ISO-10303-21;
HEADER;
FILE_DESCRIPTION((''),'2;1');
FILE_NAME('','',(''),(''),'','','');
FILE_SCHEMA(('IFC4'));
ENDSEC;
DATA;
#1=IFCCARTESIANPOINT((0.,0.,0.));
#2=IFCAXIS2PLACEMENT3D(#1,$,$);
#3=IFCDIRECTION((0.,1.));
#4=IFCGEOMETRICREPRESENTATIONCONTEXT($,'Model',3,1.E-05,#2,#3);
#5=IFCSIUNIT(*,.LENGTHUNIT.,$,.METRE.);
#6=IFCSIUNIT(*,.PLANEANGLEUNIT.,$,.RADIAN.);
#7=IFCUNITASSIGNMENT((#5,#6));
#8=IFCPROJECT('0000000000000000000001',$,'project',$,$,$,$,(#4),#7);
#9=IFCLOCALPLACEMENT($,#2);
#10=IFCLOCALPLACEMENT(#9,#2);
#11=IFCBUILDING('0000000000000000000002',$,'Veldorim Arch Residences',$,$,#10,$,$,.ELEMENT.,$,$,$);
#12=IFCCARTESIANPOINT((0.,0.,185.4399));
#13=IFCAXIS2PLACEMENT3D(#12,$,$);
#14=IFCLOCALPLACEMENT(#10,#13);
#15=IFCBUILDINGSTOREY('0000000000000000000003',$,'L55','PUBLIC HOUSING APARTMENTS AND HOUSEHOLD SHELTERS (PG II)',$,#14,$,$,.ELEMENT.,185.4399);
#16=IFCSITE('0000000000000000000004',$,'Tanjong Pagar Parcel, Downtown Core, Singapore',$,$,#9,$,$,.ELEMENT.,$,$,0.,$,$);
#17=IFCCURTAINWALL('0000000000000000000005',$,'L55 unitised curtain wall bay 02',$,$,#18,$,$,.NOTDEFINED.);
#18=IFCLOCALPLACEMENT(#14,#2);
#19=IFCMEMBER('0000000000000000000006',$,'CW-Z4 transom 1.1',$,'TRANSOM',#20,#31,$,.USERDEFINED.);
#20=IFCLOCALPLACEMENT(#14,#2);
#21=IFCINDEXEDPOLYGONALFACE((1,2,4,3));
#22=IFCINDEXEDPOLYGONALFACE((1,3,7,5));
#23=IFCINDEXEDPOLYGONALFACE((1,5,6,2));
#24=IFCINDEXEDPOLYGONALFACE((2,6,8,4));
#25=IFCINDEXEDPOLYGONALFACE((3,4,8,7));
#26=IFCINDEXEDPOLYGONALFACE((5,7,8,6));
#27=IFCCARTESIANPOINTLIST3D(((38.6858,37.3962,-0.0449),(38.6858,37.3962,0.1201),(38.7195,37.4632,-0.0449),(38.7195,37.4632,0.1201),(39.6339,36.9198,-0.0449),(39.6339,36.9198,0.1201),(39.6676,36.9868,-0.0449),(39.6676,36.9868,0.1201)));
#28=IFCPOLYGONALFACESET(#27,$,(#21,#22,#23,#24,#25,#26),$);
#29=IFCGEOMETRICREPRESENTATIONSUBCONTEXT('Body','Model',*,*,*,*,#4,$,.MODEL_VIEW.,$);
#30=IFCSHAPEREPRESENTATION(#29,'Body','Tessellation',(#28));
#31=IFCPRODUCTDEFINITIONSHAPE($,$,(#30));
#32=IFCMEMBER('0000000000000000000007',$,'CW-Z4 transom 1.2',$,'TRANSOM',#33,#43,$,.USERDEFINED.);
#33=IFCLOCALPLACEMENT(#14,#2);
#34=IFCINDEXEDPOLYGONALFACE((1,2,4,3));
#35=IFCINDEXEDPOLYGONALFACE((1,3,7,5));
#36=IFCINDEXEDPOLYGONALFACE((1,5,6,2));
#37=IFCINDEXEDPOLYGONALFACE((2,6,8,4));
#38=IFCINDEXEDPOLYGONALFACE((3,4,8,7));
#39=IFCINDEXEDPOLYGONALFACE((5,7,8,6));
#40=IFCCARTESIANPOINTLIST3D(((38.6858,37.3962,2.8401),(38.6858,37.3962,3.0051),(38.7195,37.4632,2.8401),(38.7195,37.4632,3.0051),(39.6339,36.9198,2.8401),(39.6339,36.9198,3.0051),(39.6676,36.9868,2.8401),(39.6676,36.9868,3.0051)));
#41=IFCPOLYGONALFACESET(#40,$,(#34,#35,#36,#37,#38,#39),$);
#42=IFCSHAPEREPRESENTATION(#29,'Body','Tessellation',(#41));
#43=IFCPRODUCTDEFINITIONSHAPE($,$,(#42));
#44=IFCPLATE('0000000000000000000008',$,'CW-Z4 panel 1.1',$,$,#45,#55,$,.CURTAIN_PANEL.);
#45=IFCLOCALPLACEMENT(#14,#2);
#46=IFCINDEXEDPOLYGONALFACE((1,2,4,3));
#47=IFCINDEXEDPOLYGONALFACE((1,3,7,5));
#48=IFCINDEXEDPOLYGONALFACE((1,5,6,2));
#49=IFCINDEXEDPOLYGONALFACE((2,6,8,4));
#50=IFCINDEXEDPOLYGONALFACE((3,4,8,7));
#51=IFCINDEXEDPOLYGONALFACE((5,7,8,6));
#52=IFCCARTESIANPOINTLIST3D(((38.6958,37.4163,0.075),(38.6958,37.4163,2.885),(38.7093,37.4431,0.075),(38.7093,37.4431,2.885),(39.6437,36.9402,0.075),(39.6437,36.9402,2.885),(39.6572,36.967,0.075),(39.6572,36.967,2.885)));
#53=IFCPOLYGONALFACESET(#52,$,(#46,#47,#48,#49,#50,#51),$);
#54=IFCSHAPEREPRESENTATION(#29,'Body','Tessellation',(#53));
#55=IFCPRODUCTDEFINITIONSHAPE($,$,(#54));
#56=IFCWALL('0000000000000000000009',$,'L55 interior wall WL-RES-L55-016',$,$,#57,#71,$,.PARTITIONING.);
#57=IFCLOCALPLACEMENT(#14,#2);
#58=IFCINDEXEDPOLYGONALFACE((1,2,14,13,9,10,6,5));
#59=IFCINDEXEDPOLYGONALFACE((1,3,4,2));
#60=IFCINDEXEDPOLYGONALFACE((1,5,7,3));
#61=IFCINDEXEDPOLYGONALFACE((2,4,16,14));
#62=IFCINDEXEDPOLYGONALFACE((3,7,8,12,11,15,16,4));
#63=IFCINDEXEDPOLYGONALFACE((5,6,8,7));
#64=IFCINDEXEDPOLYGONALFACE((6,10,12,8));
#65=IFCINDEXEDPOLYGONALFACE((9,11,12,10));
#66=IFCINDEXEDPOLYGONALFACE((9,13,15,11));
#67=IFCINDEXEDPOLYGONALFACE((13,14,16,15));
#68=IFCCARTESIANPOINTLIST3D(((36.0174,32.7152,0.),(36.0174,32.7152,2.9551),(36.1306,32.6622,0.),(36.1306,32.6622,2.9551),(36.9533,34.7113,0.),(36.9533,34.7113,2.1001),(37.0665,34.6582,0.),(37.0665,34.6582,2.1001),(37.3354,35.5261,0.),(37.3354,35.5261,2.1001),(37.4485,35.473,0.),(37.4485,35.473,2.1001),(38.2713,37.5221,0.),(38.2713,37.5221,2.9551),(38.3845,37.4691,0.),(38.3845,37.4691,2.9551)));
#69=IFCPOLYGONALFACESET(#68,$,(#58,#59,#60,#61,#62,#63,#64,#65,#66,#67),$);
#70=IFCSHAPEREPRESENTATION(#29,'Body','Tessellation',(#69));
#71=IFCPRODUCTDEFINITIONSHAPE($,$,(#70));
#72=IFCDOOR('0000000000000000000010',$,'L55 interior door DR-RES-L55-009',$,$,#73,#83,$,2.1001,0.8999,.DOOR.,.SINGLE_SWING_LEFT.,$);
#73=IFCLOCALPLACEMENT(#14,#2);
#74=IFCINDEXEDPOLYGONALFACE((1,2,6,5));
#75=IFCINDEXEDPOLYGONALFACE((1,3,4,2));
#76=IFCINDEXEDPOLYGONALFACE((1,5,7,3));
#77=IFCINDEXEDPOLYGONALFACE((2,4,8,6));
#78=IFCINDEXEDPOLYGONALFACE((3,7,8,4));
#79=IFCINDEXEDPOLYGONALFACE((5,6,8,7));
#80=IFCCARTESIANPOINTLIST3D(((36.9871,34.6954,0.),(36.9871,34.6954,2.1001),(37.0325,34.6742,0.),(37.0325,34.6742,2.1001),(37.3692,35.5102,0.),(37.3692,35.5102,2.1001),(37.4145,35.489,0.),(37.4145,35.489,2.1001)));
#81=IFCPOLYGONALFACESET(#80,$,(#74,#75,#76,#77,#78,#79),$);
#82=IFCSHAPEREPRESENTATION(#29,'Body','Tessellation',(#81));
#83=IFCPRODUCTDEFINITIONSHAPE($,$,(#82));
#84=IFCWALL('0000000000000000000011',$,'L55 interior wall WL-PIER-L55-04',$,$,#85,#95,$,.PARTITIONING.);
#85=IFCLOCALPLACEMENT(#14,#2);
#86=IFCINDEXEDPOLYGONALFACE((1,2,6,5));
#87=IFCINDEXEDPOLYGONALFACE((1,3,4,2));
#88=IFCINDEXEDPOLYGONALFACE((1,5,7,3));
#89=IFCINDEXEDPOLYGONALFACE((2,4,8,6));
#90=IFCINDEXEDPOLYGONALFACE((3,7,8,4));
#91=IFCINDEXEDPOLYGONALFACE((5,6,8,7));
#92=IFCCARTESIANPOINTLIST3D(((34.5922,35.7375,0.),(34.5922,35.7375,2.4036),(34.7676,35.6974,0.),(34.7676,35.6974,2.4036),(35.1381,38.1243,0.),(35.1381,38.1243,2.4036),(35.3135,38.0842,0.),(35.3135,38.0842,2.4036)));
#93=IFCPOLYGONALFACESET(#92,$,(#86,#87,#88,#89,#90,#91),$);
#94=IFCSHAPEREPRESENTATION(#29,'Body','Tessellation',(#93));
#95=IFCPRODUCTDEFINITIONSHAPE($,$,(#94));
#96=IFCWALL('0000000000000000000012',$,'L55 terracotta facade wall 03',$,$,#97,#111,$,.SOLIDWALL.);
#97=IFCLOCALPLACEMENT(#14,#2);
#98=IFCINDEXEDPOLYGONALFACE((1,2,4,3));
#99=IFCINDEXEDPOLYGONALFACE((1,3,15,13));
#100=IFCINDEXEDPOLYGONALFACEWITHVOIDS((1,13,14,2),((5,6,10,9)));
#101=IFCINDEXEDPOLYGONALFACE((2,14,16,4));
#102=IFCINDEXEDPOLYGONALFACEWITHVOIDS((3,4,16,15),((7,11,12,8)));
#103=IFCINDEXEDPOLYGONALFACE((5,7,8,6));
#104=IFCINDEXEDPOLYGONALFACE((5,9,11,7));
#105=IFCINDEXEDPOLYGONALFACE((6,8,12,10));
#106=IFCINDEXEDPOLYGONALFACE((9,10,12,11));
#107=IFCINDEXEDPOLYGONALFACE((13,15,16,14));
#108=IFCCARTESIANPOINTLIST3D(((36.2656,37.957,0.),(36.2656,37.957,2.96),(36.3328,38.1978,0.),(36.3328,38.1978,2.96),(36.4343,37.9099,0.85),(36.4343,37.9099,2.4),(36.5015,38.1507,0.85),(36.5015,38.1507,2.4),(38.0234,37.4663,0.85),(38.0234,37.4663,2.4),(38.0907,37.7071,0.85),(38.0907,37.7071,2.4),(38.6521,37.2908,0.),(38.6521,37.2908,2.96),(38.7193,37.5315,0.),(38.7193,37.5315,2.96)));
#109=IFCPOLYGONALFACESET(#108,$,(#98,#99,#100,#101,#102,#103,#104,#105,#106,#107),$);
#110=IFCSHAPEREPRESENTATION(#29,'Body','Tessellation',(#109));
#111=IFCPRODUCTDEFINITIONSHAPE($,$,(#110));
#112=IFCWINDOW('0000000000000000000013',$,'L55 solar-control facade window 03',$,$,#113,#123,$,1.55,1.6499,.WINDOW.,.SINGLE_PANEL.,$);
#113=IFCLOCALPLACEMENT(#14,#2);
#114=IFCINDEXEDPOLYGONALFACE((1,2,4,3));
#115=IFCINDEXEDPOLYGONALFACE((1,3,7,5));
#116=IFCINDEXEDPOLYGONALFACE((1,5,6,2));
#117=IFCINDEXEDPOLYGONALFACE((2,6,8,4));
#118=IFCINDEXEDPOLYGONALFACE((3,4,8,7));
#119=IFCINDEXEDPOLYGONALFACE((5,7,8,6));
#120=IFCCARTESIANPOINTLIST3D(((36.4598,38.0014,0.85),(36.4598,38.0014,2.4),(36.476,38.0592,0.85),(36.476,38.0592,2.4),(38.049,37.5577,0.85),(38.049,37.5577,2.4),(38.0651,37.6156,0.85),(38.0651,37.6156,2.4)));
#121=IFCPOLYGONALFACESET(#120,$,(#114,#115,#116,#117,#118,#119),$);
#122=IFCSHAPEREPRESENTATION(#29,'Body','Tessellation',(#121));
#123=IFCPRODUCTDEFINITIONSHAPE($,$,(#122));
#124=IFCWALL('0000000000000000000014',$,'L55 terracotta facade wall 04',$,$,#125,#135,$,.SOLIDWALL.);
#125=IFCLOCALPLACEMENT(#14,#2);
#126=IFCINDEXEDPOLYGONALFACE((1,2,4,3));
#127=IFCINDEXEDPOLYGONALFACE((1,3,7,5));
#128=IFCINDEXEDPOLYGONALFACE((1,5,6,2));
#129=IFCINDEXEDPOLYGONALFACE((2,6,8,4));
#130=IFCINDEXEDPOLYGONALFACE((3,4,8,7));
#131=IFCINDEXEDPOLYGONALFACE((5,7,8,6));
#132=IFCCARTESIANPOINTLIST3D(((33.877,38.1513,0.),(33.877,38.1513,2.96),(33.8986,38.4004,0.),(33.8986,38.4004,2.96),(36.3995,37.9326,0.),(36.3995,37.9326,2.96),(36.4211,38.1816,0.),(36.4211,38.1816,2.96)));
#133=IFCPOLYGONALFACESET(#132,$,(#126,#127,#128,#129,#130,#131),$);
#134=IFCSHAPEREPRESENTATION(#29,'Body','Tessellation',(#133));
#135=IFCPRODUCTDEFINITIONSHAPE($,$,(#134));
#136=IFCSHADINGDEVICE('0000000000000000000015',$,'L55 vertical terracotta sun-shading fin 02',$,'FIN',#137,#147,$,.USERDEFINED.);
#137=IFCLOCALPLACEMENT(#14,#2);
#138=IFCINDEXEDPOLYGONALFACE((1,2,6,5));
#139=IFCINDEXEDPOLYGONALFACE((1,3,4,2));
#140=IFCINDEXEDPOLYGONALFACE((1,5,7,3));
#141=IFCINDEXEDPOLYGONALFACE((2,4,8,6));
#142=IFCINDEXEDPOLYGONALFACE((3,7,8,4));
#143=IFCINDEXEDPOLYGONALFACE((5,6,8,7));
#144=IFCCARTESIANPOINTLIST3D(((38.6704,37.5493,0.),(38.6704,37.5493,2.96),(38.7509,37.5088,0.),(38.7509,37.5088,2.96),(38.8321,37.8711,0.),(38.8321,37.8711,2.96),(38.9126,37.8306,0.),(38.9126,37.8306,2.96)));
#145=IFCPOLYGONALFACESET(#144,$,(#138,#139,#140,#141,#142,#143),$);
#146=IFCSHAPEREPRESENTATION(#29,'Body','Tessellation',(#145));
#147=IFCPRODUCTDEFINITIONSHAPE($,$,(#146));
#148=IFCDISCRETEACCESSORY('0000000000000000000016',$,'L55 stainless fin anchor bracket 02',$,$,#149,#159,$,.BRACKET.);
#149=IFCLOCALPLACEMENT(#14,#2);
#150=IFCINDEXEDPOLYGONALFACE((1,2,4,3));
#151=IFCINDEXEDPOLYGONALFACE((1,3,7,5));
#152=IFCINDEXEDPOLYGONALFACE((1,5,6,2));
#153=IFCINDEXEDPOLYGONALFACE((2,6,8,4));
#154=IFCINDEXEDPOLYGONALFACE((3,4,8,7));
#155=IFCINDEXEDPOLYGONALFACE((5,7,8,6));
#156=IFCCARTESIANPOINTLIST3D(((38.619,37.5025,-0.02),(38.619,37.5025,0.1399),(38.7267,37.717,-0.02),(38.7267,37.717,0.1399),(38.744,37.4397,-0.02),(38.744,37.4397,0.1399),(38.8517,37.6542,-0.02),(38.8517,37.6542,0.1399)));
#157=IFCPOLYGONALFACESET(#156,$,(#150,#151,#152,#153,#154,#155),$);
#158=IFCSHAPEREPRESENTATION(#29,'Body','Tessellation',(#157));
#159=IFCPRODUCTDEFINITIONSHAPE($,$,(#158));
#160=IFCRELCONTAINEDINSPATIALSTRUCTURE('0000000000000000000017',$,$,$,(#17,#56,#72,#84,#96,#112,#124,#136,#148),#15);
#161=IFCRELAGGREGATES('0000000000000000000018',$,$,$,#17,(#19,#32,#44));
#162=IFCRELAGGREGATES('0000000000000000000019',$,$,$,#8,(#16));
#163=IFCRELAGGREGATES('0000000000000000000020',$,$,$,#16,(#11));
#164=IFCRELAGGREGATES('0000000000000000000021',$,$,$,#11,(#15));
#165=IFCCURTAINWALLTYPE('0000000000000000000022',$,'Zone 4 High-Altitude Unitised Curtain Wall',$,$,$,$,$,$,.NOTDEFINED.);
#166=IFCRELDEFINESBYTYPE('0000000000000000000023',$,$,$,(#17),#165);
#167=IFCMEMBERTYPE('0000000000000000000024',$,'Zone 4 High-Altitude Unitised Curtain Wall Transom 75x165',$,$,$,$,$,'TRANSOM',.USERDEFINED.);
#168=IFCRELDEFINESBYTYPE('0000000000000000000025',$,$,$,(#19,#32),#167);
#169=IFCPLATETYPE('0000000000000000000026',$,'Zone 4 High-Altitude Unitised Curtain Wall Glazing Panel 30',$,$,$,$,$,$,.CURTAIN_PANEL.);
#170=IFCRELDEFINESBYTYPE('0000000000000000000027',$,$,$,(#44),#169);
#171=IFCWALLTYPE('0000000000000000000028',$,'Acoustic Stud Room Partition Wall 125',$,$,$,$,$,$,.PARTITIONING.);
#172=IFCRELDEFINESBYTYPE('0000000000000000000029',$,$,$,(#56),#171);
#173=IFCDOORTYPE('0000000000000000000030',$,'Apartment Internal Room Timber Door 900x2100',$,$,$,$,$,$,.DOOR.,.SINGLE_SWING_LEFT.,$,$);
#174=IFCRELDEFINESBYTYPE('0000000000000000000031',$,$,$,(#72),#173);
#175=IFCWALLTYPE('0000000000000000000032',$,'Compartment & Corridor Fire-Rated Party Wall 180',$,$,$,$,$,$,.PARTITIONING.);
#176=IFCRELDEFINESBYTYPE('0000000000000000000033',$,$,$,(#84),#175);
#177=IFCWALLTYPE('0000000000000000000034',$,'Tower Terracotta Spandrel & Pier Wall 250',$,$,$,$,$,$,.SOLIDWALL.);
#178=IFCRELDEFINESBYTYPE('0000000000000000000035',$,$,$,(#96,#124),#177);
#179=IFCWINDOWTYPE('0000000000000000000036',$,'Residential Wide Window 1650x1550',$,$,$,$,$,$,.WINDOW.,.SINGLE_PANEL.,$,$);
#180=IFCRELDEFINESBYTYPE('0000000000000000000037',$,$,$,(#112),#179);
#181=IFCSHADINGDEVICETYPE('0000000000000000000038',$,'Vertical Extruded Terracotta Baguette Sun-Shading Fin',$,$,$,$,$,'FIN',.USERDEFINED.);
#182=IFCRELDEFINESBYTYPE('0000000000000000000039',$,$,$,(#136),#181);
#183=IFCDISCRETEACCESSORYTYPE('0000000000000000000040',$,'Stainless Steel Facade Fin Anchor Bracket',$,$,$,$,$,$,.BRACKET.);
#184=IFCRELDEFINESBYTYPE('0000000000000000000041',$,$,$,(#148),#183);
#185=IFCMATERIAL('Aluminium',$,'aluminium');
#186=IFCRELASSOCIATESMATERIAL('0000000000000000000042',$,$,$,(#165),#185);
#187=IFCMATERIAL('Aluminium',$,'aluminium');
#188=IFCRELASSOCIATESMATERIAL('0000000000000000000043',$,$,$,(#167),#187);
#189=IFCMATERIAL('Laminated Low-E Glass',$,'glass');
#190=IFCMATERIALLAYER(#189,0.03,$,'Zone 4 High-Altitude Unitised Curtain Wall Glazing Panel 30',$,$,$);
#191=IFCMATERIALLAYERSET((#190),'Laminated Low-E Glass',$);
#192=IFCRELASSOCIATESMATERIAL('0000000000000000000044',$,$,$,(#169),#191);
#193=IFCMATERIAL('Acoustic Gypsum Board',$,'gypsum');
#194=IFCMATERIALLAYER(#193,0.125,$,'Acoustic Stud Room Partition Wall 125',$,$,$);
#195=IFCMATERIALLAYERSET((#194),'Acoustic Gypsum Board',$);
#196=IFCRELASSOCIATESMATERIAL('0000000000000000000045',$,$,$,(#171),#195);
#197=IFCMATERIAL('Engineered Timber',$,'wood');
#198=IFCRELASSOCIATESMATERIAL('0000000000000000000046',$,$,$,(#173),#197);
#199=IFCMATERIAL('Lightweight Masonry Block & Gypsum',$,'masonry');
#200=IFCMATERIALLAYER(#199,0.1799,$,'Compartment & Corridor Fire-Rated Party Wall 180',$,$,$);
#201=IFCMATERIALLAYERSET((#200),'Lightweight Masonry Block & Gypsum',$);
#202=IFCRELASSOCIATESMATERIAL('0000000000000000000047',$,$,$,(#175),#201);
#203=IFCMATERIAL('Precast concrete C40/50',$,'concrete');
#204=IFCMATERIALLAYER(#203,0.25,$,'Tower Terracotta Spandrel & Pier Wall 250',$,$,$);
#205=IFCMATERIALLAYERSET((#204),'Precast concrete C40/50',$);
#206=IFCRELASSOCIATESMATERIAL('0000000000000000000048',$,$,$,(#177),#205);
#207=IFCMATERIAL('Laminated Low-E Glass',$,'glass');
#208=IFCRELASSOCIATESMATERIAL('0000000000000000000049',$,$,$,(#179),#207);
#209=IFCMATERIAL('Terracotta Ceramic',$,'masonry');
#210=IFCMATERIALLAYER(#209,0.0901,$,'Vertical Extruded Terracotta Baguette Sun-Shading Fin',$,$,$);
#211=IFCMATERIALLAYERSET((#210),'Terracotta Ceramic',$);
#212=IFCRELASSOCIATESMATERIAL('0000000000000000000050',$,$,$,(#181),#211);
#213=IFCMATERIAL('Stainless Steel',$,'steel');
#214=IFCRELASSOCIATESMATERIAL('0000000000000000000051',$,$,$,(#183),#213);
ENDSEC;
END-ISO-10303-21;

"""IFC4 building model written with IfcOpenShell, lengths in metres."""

from ifc_helpers import new_model, si_unit, direction, frame, frame_2d, origin, origin_2d, place, context, subcontext, project, spatial, rectangle, extrude, material, layer, layer_set, material_profile, profile_set, type_object, element, fill, aggregate, save


model = new_model("IFC4")

# Units and contexts
model_context = context("Model", 3, precision=1e-05, world=origin(), true_north=direction((0.0, 1.0)))
body_context = subcontext(model_context, "Body", "Model", "MODEL_VIEW")
ifc_project = project(units=[si_unit("LENGTHUNIT", "METRE"), si_unit("PLANEANGLEUNIT", "RADIAN")], contexts=[model_context])

# Site, building, storey
site_placement = place(None, origin())
site = spatial("IfcSite", under=ifc_project, at=site_placement, Name="Tanjong Pagar Parcel, Downtown Core, Singapore", CompositionType="ELEMENT", RefElevation=0.0)
building_placement = place(site_placement, origin())
building = spatial("IfcBuilding", under=site, at=building_placement, Name="Veldorim Arch Residences", CompositionType="ELEMENT")
storey_placement = place(building_placement, frame((0.0, 0.0, 185.4399)))
storey = spatial("IfcBuildingStorey", under=building, at=storey_placement, Name="L55", Description="PUBLIC HOUSING APARTMENTS AND HOUSEHOLD SHELTERS (PG II)", CompositionType="ELEMENT", Elevation=185.4399)

# Curtain wall, members, plate
ifc_material_1 = material(Name="Aluminium", Category="aluminium")
curtain_wall_type = type_object("IfcCurtainWallType", Name="Zone 4 High-Altitude Unitised Curtain Wall", PredefinedType="NOTDEFINED", material=ifc_material_1)
curtain_wall_placement = place(storey_placement, origin())
curtain_wall = element("IfcCurtainWall", 1, at=curtain_wall_placement, inside=storey, type_object=curtain_wall_type, Name="L55 unitised curtain wall bay 02", PredefinedType="NOTDEFINED")
ifc_material_2 = material(Name="Aluminium", Category="aluminium")
ifc_material_profile_1 = material_profile(ifc_material_2, rectangle(XDim=0.075, YDim=0.165, at=origin_2d()), Name="ALU_TRN_75x165")
ifc_profile_set_1 = profile_set([ifc_material_profile_1], Name="Aluminium")
member_type_1 = type_object("IfcMemberType", Name="Zone 4 High-Altitude Unitised Curtain Wall Transom 75x165", ElementType="TRANSOM", PredefinedType="USERDEFINED", material=ifc_profile_set_1)
member_1_placement = place(storey_placement, frame((38.7026, 37.4297, 0.0376), z_axis=(0.893551, -0.448962, 0.0), x_axis=(0.448962, 0.893551, 0.0)))
member_1 = element("IfcMember", 2, at=member_1_placement, type_object=member_type_1, Name="CW-Z4 transom 1.1", ObjectType="TRANSOM", PredefinedType="USERDEFINED", context=body_context, shape_type="SweptSolid", body=[
    extrude(rectangle(XDim=0.075, YDim=0.165, at=origin_2d()), origin(), (0.0, 0.0, 1.0), 1.061),
])
member_2_placement = place(storey_placement, frame((38.7026, 37.4297, 2.9226), z_axis=(0.893551, -0.448962, 0.0), x_axis=(0.448962, 0.893551, 0.0)))
member_2 = element("IfcMember", 3, at=member_2_placement, type_object=member_type_1, Name="CW-Z4 transom 1.2", ObjectType="TRANSOM", PredefinedType="USERDEFINED", context=body_context, shape_type="SweptSolid", body=[
    extrude(rectangle(XDim=0.075, YDim=0.165, at=origin_2d()), origin(), (0.0, 0.0, 1.0), 1.061),
])
ifc_material_3 = material(Name="Laminated Low-E Glass", Category="glass")
ifc_layer_1 = layer(ifc_material_3, 0.03, Name="Zone 4 High-Altitude Unitised Curtain Wall Glazing Panel 30")
ifc_layer_set_1 = layer_set([ifc_layer_1], Name="Laminated Low-E Glass")
plate_type = type_object("IfcPlateType", Name="Zone 4 High-Altitude Unitised Curtain Wall Glazing Panel 30", PredefinedType="CURTAIN_PANEL", material=ifc_layer_set_1)
plate_placement = place(storey_placement, frame((39.1765, 37.1917, 0.075), z_axis=(0.0, 0.0, 1.0), x_axis=(0.893599, -0.448866, 0.0)))
plate = element("IfcPlate", 4, at=plate_placement, type_object=plate_type, Name="CW-Z4 panel 1.1", PredefinedType="CURTAIN_PANEL", context=body_context, shape_type="SweptSolid", body=[
    extrude(rectangle(XDim=1.0608, YDim=0.03, at=origin_2d()), origin(), (0.0, 0.0, 1.0), 2.8101),
])
aggregate(curtain_wall, [member_1, member_2, plate])

# Wall, opening, door
ifc_material_4 = material(Name="Acoustic Gypsum Board", Category="gypsum")
ifc_layer_2 = layer(ifc_material_4, 0.125, Name="Acoustic Stud Room Partition Wall 125")
ifc_layer_set_2 = layer_set([ifc_layer_2], Name="Acoustic Gypsum Board")
wall_type_1 = type_object("IfcWallType", Name="Acoustic Stud Room Partition Wall 125", PredefinedType="PARTITIONING", material=ifc_layer_set_2)
wall_1_placement = place(storey_placement, frame((38.3279, 37.4956, 0.0), z_axis=(0.0, 0.0, 1.0), x_axis=(-0.424539, -0.90541, 0.0)))
wall_1 = element("IfcWall", 5, at=wall_1_placement, inside=storey, type_object=wall_type_1, Name="L55 interior wall WL-RES-L55-016", PredefinedType="PARTITIONING", context=body_context, shape_type="SweptSolid", body=[
    extrude(rectangle(XDim=5.3091, YDim=0.125, at=frame_2d((2.6545, 0.0))), origin(), (0.0, 0.0, 1.0), 2.9551),
])
opening_1_placement = place(wall_1_placement, frame((2.2046, 0.0, 0.0)))
opening_1 = element("IfcOpeningElement", 6, at=opening_1_placement, cuts=wall_1, PredefinedType="OPENING", context=body_context, shape_type="SweptSolid", body=[
    extrude(rectangle(XDim=0.8999, YDim=2.1001, at=frame_2d((0.45, 1.05))), frame((0.0, 0.0725, 0.0), z_axis=(0.0, -1.0, 0.0), x_axis=(1.0, 0.0, 0.0)), (0.0, 0.0, 1.0), 0.145),
])
ifc_material_5 = material(Name="Engineered Timber", Category="wood")
door_type = type_object("IfcDoorType", Name="Apartment Internal Room Timber Door 900x2100", OperationType="SINGLE_SWING_LEFT", PredefinedType="DOOR", material=ifc_material_5)
door_placement = place(opening_1_placement, origin())
door = element("IfcDoor", 7, at=door_placement, inside=storey, type_object=door_type, Name="L55 interior door DR-RES-L55-009", OperationType="SINGLE_SWING_LEFT", OverallHeight=2.1001, OverallWidth=0.8999, PredefinedType="DOOR", context=body_context, shape_type="SweptSolid", body=[
    extrude(rectangle(XDim=0.8999, YDim=2.1001, at=frame_2d((0.45, 1.05))), frame((0.0, 0.0249, 0.0), z_axis=(0.0, -1.0, 0.0), x_axis=(1.0, 0.0, 0.0)), (0.0, 0.0, 1.0), 0.05),
])
fill(opening_1, door)

# Wall
ifc_material_6 = material(Name="Lightweight Masonry Block & Gypsum", Category="masonry")
ifc_layer_3 = layer(ifc_material_6, 0.1799, Name="Compartment & Corridor Fire-Rated Party Wall 180")
ifc_layer_set_3 = layer_set([ifc_layer_3], Name="Lightweight Masonry Block & Gypsum")
wall_type_2 = type_object("IfcWallType", Name="Compartment & Corridor Fire-Rated Party Wall 180", PredefinedType="PARTITIONING", material=ifc_layer_set_3)
wall_2_placement = place(storey_placement, frame((34.6799, 35.7175, 0.0), z_axis=(0.0, 0.0, 1.0), x_axis=(0.222944, 0.974831, 0.0)))
element("IfcWall", 8, at=wall_2_placement, inside=storey, type_object=wall_type_2, Name="L55 interior wall WL-PIER-L55-04", PredefinedType="PARTITIONING", context=body_context, shape_type="SweptSolid", body=[
    extrude(rectangle(XDim=2.4485, YDim=0.1799, at=frame_2d((1.2241, 0.0))), origin(), (0.0, 0.0, 1.0), 2.4036),
])

# Wall, opening, window
ifc_material_7 = material(Name="Precast concrete C40/50", Category="concrete")
ifc_layer_4 = layer(ifc_material_7, 0.25, Name="Tower Terracotta Spandrel & Pier Wall 250")
ifc_layer_set_4 = layer_set([ifc_layer_4], Name="Precast concrete C40/50")
wall_type_3 = type_object("IfcWallType", Name="Tower Terracotta Spandrel & Pier Wall 250", PredefinedType="SOLIDWALL", material=ifc_layer_set_4)
wall_3_placement = place(storey_placement, frame((36.2993, 38.0774, 0.0), z_axis=(0.0, 0.0, 1.0), x_axis=(0.963168, -0.268899, 0.0)))
wall_3 = element("IfcWall", 9, at=wall_3_placement, inside=storey, type_object=wall_type_3, Name="L55 terracotta facade wall 03", PredefinedType="SOLIDWALL", context=body_context, shape_type="SweptSolid", body=[
    extrude(rectangle(XDim=2.4778, YDim=0.25, at=frame_2d((1.2388, 0.0))), origin(), (0.0, 0.0, 1.0), 2.96),
])
opening_2_placement = place(wall_3_placement, frame((0.175, 0.0, 0.8501)))
opening_2 = element("IfcOpeningElement", 10, at=opening_2_placement, cuts=wall_3, PredefinedType="OPENING", context=body_context, shape_type="SweptSolid", body=[
    extrude(rectangle(XDim=1.6499, YDim=1.55, at=frame_2d((0.825, 0.7749))), frame((0.0, 0.135, 0.0), z_axis=(0.0, -1.0, 0.0), x_axis=(1.0, 0.0, 0.0)), (0.0, 0.0, 1.0), 0.27),
])
ifc_material_8 = material(Name="Laminated Low-E Glass", Category="glass")
window_type = type_object("IfcWindowType", Name="Residential Wide Window 1650x1550", PartitioningType="SINGLE_PANEL", PredefinedType="WINDOW", material=ifc_material_8)
window_placement = place(opening_2_placement, origin())
window = element("IfcWindow", 11, at=window_placement, inside=storey, type_object=window_type, Name="L55 solar-control facade window 03", OverallHeight=1.55, OverallWidth=1.6499, PartitioningType="SINGLE_PANEL", PredefinedType="WINDOW", context=body_context, shape_type="SweptSolid", body=[
    extrude(rectangle(XDim=1.6499, YDim=1.55, at=frame_2d((0.825, 0.7749))), frame((0.0, 0.03, 0.0), z_axis=(0.0, -1.0, 0.0), x_axis=(1.0, 0.0, 0.0)), (0.0, 0.0, 1.0), 0.0601),
])
fill(opening_2, window)

# Wall
wall_4_placement = place(storey_placement, frame((33.8877, 38.2759, 0.0), z_axis=(0.0, 0.0, 1.0), x_axis=(0.996261, -0.086397, 0.0)))
element("IfcWall", 12, at=wall_4_placement, inside=storey, type_object=wall_type_3, Name="L55 terracotta facade wall 04", PredefinedType="SOLIDWALL", context=body_context, shape_type="SweptSolid", body=[
    extrude(rectangle(XDim=2.532, YDim=0.25, at=frame_2d((1.2661, 0.0))), origin(), (0.0, 0.0, 1.0), 2.96),
])

# Shading device
ifc_material_9 = material(Name="Terracotta Ceramic", Category="masonry")
ifc_layer_5 = layer(ifc_material_9, 0.0901, Name="Vertical Extruded Terracotta Baguette Sun-Shading Fin")
ifc_layer_set_5 = layer_set([ifc_layer_5], Name="Terracotta Ceramic")
shading_device_type = type_object("IfcShadingDeviceType", Name="Vertical Extruded Terracotta Baguette Sun-Shading Fin", ElementType="FIN", PredefinedType="USERDEFINED", material=ifc_layer_set_5)
shading_device_placement = place(storey_placement, frame((38.7915, 37.6899, 0.0), z_axis=(0.0, 0.0, 1.0), x_axis=(0.893607, -0.448851, 0.0)))
element("IfcShadingDevice", 13, at=shading_device_placement, inside=storey, type_object=shading_device_type, Name="L55 vertical terracotta sun-shading fin 02", ObjectType="FIN", PredefinedType="USERDEFINED", context=body_context, shape_type="SweptSolid", body=[
    extrude(rectangle(XDim=0.0901, YDim=0.3601, at=origin_2d()), origin(), (0.0, 0.0, 1.0), 2.96),
])

# Discrete accessory
ifc_material_10 = material(Name="Stainless Steel", Category="steel")
discrete_accessory_type = type_object("IfcDiscreteAccessoryType", Name="Stainless Steel Facade Fin Anchor Bracket", PredefinedType="BRACKET", material=ifc_material_10)
discrete_accessory_placement = place(storey_placement, frame((38.7354, 37.5784, -0.02), z_axis=(0.0, 0.0, 1.0), x_axis=(0.893607, -0.448851, 0.0)))
element("IfcDiscreteAccessory", 14, at=discrete_accessory_placement, inside=storey, type_object=discrete_accessory_type, Name="L55 stainless fin anchor bracket 02", PredefinedType="BRACKET", context=body_context, shape_type="SweptSolid", body=[
    extrude(rectangle(XDim=0.1399, YDim=0.24, at=origin_2d()), origin(), (0.0, 0.0, 1.0), 0.1599),
])

save(model, "model.ifc")
